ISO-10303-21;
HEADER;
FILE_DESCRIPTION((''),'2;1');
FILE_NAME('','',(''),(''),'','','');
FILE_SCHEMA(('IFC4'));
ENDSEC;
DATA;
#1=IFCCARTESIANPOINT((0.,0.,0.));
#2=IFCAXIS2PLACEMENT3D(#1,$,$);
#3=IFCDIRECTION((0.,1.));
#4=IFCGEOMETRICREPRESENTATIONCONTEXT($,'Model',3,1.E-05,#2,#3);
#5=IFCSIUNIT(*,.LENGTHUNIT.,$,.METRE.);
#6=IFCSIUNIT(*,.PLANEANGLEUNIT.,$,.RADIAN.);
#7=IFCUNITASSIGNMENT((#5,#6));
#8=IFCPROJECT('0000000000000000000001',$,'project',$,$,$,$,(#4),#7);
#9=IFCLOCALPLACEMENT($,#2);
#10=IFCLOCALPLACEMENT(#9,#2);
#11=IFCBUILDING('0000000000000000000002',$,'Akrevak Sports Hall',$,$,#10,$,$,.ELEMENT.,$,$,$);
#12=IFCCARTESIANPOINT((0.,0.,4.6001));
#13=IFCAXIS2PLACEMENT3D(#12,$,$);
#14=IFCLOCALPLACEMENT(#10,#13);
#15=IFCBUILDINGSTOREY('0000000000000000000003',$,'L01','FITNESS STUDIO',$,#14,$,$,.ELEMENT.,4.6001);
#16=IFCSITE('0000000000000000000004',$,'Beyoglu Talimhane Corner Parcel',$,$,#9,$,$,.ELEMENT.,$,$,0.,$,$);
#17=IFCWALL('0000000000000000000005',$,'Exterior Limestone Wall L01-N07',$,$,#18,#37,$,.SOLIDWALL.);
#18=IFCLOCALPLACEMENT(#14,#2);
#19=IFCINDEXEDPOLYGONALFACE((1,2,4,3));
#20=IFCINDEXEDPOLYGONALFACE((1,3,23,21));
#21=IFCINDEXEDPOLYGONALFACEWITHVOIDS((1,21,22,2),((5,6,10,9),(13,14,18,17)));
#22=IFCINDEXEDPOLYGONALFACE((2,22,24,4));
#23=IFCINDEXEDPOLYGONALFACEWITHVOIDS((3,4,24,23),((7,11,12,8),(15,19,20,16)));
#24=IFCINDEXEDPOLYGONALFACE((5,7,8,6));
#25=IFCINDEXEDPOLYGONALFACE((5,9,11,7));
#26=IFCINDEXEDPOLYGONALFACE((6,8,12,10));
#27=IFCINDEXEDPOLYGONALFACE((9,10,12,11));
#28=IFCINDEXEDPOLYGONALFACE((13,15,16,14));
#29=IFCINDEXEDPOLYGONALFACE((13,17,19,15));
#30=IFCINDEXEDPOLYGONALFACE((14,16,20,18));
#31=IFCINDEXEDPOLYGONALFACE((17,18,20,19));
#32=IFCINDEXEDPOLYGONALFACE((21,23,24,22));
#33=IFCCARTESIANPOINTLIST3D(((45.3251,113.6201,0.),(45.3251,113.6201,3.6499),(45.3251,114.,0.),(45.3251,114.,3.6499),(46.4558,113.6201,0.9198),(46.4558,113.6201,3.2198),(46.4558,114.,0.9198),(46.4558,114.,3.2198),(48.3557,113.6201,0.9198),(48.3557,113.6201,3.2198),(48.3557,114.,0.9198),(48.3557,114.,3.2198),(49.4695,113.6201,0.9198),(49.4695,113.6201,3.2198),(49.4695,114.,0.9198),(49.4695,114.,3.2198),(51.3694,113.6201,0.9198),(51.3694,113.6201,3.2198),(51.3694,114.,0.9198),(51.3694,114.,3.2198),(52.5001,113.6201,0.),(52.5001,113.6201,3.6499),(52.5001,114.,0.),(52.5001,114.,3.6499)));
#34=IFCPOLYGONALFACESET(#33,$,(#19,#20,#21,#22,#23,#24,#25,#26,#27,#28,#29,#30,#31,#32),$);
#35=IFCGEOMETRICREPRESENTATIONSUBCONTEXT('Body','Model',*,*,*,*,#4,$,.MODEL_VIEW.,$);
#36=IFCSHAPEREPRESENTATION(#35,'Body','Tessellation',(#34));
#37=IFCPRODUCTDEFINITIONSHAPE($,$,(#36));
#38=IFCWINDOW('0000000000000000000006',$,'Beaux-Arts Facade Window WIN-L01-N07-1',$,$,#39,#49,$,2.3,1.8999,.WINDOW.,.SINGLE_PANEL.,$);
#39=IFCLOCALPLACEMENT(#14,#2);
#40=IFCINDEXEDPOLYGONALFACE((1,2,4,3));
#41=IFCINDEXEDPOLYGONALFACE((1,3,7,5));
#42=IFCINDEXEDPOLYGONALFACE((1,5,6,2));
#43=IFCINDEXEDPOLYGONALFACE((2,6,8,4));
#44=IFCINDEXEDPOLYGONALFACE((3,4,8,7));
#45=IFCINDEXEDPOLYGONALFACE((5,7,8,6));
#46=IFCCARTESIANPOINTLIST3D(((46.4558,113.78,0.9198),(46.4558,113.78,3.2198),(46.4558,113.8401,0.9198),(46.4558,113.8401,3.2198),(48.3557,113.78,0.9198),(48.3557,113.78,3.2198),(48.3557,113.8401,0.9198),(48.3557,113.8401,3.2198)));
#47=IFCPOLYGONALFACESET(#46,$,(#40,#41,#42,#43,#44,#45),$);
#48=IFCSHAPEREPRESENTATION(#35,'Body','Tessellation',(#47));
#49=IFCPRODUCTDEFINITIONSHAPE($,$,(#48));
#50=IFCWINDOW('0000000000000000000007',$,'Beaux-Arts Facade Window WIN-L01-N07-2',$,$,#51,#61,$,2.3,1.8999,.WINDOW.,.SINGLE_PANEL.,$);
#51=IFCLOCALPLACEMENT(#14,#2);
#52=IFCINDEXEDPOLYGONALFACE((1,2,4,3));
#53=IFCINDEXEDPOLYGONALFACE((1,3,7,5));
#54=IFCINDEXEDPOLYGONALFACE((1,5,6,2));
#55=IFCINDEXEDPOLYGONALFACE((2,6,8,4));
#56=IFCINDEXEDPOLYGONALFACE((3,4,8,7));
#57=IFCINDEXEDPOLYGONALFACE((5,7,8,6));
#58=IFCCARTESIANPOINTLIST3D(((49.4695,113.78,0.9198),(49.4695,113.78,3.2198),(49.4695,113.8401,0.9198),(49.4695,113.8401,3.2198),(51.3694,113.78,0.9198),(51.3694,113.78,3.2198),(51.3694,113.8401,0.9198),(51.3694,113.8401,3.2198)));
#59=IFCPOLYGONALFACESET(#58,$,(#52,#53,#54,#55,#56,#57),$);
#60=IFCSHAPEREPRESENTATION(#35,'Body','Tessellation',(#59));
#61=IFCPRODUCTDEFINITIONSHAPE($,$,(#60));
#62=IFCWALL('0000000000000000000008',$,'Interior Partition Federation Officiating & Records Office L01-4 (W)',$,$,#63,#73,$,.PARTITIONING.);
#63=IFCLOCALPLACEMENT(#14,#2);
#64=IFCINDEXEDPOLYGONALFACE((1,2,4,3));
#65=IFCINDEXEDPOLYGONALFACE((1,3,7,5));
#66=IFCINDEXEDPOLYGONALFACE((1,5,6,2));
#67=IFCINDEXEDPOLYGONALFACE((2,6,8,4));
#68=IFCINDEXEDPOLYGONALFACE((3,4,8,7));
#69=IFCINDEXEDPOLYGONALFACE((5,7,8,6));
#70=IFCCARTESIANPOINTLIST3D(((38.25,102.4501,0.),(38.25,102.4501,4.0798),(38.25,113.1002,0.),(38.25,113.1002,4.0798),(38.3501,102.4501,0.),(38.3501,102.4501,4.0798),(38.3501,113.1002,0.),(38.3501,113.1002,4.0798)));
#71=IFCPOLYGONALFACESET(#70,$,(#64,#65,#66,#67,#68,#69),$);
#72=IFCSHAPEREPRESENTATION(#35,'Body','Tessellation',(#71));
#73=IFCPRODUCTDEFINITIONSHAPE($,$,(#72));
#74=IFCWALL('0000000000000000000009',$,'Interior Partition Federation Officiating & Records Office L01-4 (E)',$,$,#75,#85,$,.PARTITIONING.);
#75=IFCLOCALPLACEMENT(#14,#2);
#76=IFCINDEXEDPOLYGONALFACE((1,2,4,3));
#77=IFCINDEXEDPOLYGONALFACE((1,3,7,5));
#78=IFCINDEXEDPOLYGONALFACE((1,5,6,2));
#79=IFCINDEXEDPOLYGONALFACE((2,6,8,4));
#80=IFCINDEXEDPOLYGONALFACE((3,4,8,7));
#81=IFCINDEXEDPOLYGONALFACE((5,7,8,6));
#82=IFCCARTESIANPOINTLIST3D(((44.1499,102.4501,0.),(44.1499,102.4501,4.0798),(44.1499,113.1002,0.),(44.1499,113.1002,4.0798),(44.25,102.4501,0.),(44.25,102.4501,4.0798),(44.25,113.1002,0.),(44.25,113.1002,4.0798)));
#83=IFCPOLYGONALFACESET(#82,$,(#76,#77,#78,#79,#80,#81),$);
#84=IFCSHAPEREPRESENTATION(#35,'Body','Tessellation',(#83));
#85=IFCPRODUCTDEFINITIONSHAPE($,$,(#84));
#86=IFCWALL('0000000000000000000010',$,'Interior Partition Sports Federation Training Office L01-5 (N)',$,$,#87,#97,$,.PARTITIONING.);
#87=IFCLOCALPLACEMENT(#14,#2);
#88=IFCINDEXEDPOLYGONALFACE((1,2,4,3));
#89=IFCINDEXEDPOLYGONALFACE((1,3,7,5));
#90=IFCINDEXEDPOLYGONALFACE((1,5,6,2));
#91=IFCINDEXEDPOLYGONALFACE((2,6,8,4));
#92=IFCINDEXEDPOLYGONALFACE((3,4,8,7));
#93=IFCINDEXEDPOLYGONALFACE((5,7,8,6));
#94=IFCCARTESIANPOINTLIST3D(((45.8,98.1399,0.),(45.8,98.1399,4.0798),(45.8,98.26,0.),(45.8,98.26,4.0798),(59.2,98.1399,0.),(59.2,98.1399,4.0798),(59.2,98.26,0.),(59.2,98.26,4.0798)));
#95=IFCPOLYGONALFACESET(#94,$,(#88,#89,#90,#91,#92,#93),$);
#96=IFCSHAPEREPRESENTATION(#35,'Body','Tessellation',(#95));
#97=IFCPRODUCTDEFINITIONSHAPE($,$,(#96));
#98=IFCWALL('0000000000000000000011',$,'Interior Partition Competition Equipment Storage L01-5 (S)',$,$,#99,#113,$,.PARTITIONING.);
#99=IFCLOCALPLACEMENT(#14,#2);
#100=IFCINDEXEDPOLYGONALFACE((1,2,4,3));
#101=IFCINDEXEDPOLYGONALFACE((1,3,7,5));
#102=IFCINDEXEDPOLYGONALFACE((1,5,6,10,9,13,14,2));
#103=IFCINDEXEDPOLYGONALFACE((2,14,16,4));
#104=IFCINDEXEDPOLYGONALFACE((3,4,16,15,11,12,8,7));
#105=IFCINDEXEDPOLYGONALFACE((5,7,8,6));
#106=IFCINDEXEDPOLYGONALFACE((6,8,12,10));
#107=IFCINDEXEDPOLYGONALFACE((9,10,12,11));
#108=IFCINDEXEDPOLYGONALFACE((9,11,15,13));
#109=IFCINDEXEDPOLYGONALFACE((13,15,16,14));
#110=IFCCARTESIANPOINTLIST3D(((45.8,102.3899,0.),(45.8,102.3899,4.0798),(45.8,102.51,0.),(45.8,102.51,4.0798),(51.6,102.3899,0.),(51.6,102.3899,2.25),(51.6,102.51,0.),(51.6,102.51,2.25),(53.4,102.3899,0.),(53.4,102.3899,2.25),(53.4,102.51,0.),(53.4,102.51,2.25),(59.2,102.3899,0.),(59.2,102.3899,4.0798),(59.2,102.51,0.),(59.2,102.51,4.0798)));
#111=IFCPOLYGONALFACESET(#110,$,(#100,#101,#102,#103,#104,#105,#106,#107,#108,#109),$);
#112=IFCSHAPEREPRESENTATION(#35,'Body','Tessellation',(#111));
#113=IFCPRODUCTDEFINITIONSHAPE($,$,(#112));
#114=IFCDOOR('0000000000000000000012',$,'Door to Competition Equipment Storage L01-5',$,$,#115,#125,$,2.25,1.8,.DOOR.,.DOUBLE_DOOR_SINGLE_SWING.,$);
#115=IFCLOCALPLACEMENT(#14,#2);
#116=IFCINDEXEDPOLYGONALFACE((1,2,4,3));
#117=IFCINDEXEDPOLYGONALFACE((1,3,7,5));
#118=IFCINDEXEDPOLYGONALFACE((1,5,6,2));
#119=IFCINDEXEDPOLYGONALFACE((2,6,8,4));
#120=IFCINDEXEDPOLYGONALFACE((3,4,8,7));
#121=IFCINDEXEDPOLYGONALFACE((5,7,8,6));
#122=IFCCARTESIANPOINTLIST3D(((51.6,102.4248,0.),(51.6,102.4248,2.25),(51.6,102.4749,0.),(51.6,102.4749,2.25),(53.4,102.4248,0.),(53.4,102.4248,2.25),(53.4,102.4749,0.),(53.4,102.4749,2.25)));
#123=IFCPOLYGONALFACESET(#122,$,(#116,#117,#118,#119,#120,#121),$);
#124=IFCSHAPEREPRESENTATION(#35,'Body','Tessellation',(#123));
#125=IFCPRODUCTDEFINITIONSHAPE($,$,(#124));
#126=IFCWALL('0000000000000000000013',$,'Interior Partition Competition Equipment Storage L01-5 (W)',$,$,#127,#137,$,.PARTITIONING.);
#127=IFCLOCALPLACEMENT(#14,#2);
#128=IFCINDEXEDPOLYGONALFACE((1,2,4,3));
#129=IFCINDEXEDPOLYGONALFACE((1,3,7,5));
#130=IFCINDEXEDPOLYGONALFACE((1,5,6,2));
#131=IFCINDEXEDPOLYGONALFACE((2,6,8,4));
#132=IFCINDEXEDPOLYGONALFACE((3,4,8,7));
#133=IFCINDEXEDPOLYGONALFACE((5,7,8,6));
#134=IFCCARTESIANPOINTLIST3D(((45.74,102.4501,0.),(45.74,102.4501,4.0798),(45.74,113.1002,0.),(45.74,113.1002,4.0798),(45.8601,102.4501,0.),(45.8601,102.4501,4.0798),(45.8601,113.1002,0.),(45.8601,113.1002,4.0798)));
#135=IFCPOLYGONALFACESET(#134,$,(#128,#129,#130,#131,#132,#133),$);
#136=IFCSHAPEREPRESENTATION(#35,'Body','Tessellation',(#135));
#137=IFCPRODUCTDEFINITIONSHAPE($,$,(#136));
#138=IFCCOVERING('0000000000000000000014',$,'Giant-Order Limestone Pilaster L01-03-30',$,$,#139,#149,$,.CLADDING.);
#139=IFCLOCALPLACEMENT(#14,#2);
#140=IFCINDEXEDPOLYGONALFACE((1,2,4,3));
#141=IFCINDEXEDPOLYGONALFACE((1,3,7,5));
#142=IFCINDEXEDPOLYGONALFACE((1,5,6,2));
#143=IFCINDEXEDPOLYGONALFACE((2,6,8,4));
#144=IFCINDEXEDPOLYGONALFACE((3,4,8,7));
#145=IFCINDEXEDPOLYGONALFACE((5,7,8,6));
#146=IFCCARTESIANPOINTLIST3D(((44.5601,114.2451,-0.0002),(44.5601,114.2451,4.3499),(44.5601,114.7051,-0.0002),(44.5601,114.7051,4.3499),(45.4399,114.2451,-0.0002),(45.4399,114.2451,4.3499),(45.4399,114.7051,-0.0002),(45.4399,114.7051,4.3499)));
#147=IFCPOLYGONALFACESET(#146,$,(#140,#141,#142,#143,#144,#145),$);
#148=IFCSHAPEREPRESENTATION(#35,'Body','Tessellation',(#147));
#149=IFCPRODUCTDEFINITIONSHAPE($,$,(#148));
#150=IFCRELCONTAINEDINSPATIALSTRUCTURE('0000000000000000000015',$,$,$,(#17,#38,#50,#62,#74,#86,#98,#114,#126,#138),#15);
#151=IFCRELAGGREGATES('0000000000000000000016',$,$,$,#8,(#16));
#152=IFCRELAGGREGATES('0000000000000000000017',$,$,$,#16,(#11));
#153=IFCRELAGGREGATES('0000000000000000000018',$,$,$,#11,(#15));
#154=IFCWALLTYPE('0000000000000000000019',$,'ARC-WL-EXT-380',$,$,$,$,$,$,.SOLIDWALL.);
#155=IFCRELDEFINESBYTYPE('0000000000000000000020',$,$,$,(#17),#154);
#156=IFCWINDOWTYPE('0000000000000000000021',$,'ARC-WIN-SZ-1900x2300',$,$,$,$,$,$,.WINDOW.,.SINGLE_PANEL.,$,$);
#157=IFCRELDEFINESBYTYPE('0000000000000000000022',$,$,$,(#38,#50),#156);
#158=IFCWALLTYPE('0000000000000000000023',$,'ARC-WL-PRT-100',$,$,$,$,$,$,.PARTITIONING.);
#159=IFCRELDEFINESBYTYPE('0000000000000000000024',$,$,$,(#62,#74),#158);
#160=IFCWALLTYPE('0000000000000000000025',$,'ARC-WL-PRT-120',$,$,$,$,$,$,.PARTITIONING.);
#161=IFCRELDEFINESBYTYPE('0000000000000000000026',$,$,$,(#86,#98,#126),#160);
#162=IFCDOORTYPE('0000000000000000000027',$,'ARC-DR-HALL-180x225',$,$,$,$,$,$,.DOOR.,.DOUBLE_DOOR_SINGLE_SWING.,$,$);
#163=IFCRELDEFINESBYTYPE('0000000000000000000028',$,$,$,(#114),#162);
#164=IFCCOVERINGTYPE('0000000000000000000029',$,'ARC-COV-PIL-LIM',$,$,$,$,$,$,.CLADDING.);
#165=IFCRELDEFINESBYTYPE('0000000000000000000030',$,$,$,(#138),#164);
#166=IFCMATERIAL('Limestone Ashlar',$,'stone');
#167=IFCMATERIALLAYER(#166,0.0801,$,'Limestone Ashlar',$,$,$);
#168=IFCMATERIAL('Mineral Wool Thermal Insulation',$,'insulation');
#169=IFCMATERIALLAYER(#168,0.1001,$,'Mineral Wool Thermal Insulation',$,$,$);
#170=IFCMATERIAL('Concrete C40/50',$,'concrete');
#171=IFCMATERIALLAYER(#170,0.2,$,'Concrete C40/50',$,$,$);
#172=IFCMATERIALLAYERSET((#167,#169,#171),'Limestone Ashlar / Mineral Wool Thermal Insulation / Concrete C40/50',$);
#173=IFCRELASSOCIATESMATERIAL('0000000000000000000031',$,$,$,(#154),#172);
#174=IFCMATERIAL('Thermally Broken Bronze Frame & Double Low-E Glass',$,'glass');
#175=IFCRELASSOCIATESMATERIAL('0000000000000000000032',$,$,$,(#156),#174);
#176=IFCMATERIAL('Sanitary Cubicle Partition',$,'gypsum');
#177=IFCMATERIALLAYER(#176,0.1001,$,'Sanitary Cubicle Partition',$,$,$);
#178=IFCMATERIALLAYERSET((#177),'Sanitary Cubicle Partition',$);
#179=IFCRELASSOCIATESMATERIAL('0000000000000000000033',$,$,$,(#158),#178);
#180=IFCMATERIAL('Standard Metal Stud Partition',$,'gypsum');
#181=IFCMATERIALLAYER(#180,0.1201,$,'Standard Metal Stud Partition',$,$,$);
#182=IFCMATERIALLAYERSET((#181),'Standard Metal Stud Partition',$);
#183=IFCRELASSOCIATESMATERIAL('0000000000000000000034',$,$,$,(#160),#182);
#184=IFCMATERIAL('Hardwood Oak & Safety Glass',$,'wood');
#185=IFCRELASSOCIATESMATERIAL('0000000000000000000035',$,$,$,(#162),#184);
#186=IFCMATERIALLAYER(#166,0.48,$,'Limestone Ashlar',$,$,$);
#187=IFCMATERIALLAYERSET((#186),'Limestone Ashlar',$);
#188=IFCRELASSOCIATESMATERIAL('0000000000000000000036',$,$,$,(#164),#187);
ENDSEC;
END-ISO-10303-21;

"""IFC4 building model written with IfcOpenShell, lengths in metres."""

from ifc_helpers import new_model, si_unit, direction, frame, frame_2d, origin, origin_2d, place, context, subcontext, project, spatial, rectangle, extrude, material, layer, layer_set, type_object, element, fill, save


model = new_model("IFC4")

# Units and contexts
model_context = context("Model", 3, precision=1e-05, world=origin(), true_north=direction((0.0, 1.0)))
body_context = subcontext(model_context, "Body", "Model", "MODEL_VIEW")
ifc_project = project(units=[si_unit("LENGTHUNIT", "METRE"), si_unit("PLANEANGLEUNIT", "RADIAN")], contexts=[model_context])

# Site, building, storey
site_placement = place(None, origin())
site = spatial("IfcSite", under=ifc_project, at=site_placement, Name="Beyoglu Talimhane Corner Parcel", CompositionType="ELEMENT", RefElevation=0.0)
building_placement = place(site_placement, origin())
building = spatial("IfcBuilding", under=site, at=building_placement, Name="Akrevak Sports Hall", CompositionType="ELEMENT")
storey_placement = place(building_placement, frame((0.0, 0.0, 4.6001)))
storey = spatial("IfcBuildingStorey", under=building, at=storey_placement, Name="L01", Description="FITNESS STUDIO", CompositionType="ELEMENT", Elevation=4.6001)

# Shared definitions
ifc_material_1 = material(Name="Concrete C40/50", Category="concrete")

# Wall, openings, windows
ifc_material_2 = material(Name="Limestone Ashlar", Category="stone")
ifc_layer_1 = layer(ifc_material_2, 0.0801, Name="Limestone Ashlar")
ifc_material_3 = material(Name="Mineral Wool Thermal Insulation", Category="insulation")
ifc_layer_2 = layer(ifc_material_3, 0.1001, Name="Mineral Wool Thermal Insulation")
ifc_layer_3 = layer(ifc_material_1, 0.2, Name="Concrete C40/50")
ifc_layer_set_1 = layer_set([ifc_layer_1, ifc_layer_2, ifc_layer_3], Name="Limestone Ashlar / Mineral Wool Thermal Insulation / Concrete C40/50")
wall_type_1 = type_object("IfcWallType", Name="ARC-WL-EXT-380", PredefinedType="SOLIDWALL", material=ifc_layer_set_1)
wall_1_placement = place(storey_placement, frame((52.5, 113.8101, 0.0), z_axis=(0.0, 0.0, 1.0), x_axis=(-1.0, 0.0, 0.0)))
wall_1 = element("IfcWall", 1, at=wall_1_placement, inside=storey, type_object=wall_type_1, Name="Exterior Limestone Wall L01-N07", PredefinedType="SOLIDWALL", context=body_context, shape_type="SweptSolid", body=[
    extrude(rectangle(XDim=7.175, YDim=0.3799, at=frame_2d((3.5874, 0.0))), origin(), (0.0, 0.0, 1.0), 3.6499),
])
opening_1_placement = place(wall_1_placement, frame((4.1443, 0.0, 0.9199)))
opening_1 = element("IfcOpeningElement", 2, at=opening_1_placement, cuts=wall_1, PredefinedType="OPENING", context=body_context, shape_type="SweptSolid", body=[
    extrude(rectangle(XDim=1.8999, YDim=2.3, at=frame_2d((0.95, 1.1499))), frame((0.0, 0.2019, 0.0), z_axis=(0.0, -1.0, 0.0), x_axis=(1.0, 0.0, 0.0)), (0.0, 0.0, 1.0), 0.4038),
])
opening_2_placement = place(wall_1_placement, frame((1.1306, 0.0, 0.9199)))
opening_2 = element("IfcOpeningElement", 3, at=opening_2_placement, cuts=wall_1, PredefinedType="OPENING", context=body_context, shape_type="SweptSolid", body=[
    extrude(rectangle(XDim=1.8999, YDim=2.3, at=frame_2d((0.95, 1.1499))), frame((0.0, 0.2019, 0.0), z_axis=(0.0, -1.0, 0.0), x_axis=(1.0, 0.0, 0.0)), (0.0, 0.0, 1.0), 0.4038),
])
ifc_material_4 = material(Name="Thermally Broken Bronze Frame & Double Low-E Glass", Category="glass")
window_type = type_object("IfcWindowType", Name="ARC-WIN-SZ-1900x2300", PartitioningType="SINGLE_PANEL", PredefinedType="WINDOW", material=ifc_material_4)
window_1_placement = place(opening_1_placement, origin())
window_1 = element("IfcWindow", 4, at=window_1_placement, inside=storey, type_object=window_type, Name="Beaux-Arts Facade Window WIN-L01-N07-1", OverallHeight=2.3, OverallWidth=1.8999, PartitioningType="SINGLE_PANEL", PredefinedType="WINDOW", context=body_context, shape_type="SweptSolid", body=[
    extrude(rectangle(XDim=1.8999, YDim=2.3, at=frame_2d((0.95, 1.1499))), frame((0.0, 0.03, 0.0), z_axis=(0.0, -1.0, 0.0), x_axis=(1.0, 0.0, 0.0)), (0.0, 0.0, 1.0), 0.0601),
])
fill(opening_1, window_1)
window_2_placement = place(opening_2_placement, origin())
window_2 = element("IfcWindow", 5, at=window_2_placement, inside=storey, type_object=window_type, Name="Beaux-Arts Facade Window WIN-L01-N07-2", OverallHeight=2.3, OverallWidth=1.8999, PartitioningType="SINGLE_PANEL", PredefinedType="WINDOW", context=body_context, shape_type="SweptSolid", body=[
    extrude(rectangle(XDim=1.8999, YDim=2.3, at=frame_2d((0.95, 1.1499))), frame((0.0, 0.03, 0.0), z_axis=(0.0, -1.0, 0.0), x_axis=(1.0, 0.0, 0.0)), (0.0, 0.0, 1.0), 0.0601),
])
fill(opening_2, window_2)

# Walls
ifc_material_5 = material(Name="Sanitary Cubicle Partition", Category="gypsum")
ifc_layer_4 = layer(ifc_material_5, 0.1001, Name="Sanitary Cubicle Partition")
ifc_layer_set_2 = layer_set([ifc_layer_4], Name="Sanitary Cubicle Partition")
wall_type_2 = type_object("IfcWallType", Name="ARC-WL-PRT-100", PredefinedType="PARTITIONING", material=ifc_layer_set_2)
for number, where, z_axis, x_axis, name in (
    (6, (38.3, 102.45, 0.0), (0.0, 0.0, 1.0), (0.0, 1.0, 0.0), "Interior Partition Federation Officiating & Records Office L01-4 (W)"),
    (7, (44.2, 102.45, 0.0), (0.0, 0.0, 1.0), (0.0, 1.0, 0.0), "Interior Partition Federation Officiating & Records Office L01-4 (E)"),
):
    element("IfcWall", number, at=place(storey_placement, frame(where, z_axis=z_axis, x_axis=x_axis)), inside=storey, type_object=wall_type_2, Name=name, PredefinedType="PARTITIONING", context=body_context, shape_type="SweptSolid", body=[
        extrude(rectangle(XDim=10.6501, YDim=0.1001, at=frame_2d((5.3252, 0.0))), origin(), (0.0, 0.0, 1.0), 4.0798),
    ])
ifc_material_6 = material(Name="Standard Metal Stud Partition", Category="gypsum")
ifc_layer_5 = layer(ifc_material_6, 0.1201, Name="Standard Metal Stud Partition")
ifc_layer_set_3 = layer_set([ifc_layer_5], Name="Standard Metal Stud Partition")
wall_type_3 = type_object("IfcWallType", Name="ARC-WL-PRT-120", PredefinedType="PARTITIONING", material=ifc_layer_set_3)
wall_2_placement = place(storey_placement, frame((45.8, 98.2, 0.0), z_axis=(0.0, 0.0, 1.0), x_axis=(1.0, 0.0, 0.0)))
element("IfcWall", 8, at=wall_2_placement, inside=storey, type_object=wall_type_3, Name="Interior Partition Sports Federation Training Office L01-5 (N)", PredefinedType="PARTITIONING", context=body_context, shape_type="SweptSolid", body=[
    extrude(rectangle(XDim=13.3999, YDim=0.1201, at=frame_2d((6.7, 0.0))), origin(), (0.0, 0.0, 1.0), 4.0798),
])

# Wall, opening, door
wall_3_placement = place(storey_placement, frame((45.8, 102.45, 0.0), z_axis=(0.0, 0.0, 1.0), x_axis=(1.0, 0.0, 0.0)))
wall_3 = element("IfcWall", 9, at=wall_3_placement, inside=storey, type_object=wall_type_3, Name="Interior Partition Competition Equipment Storage L01-5 (S)", PredefinedType="PARTITIONING", context=body_context, shape_type="SweptSolid", body=[
    extrude(rectangle(XDim=13.3999, YDim=0.1201, at=frame_2d((6.7, 0.0))), origin(), (0.0, 0.0, 1.0), 4.0798),
])
opening_3_placement = place(wall_3_placement, frame((5.8, 0.0, 0.0)))
opening_3 = element("IfcOpeningElement", 10, at=opening_3_placement, cuts=wall_3, PredefinedType="OPENING", context=body_context, shape_type="SweptSolid", body=[
    extrude(rectangle(XDim=1.8, YDim=2.25, at=frame_2d((0.8999, 1.125))), frame((0.0, 0.072, 0.0), z_axis=(0.0, -1.0, 0.0), x_axis=(1.0, 0.0, 0.0)), (0.0, 0.0, 1.0), 0.144),
])
ifc_material_7 = material(Name="Hardwood Oak & Safety Glass", Category="wood")
door_type = type_object("IfcDoorType", Name="ARC-DR-HALL-180x225", OperationType="DOUBLE_DOOR_SINGLE_SWING", PredefinedType="DOOR", material=ifc_material_7)
door_placement = place(opening_3_placement, origin())
door = element("IfcDoor", 11, at=door_placement, inside=storey, type_object=door_type, Name="Door to Competition Equipment Storage L01-5", OperationType="DOUBLE_DOOR_SINGLE_SWING", OverallHeight=2.25, OverallWidth=1.8, PredefinedType="DOOR", context=body_context, shape_type="SweptSolid", body=[
    extrude(rectangle(XDim=1.8, YDim=2.25, at=frame_2d((0.8999, 1.125))), frame((0.0, 0.0249, 0.0), z_axis=(0.0, -1.0, 0.0), x_axis=(1.0, 0.0, 0.0)), (0.0, 0.0, 1.0), 0.05),
])
fill(opening_3, door)

# Wall
wall_4_placement = place(storey_placement, frame((45.8, 102.45, 0.0), z_axis=(0.0, 0.0, 1.0), x_axis=(0.0, 1.0, 0.0)))
element("IfcWall", 12, at=wall_4_placement, inside=storey, type_object=wall_type_3, Name="Interior Partition Competition Equipment Storage L01-5 (W)", PredefinedType="PARTITIONING", context=body_context, shape_type="SweptSolid", body=[
    extrude(rectangle(XDim=10.6501, YDim=0.1201, at=frame_2d((5.3252, 0.0))), origin(), (0.0, 0.0, 1.0), 4.0798),
])

# Covering
ifc_layer_6 = layer(ifc_material_2, 0.48, Name="Limestone Ashlar")
ifc_layer_set_4 = layer_set([ifc_layer_6], Name="Limestone Ashlar")
covering_type = type_object("IfcCoveringType", Name="ARC-COV-PIL-LIM", PredefinedType="CLADDING", material=ifc_layer_set_4)
covering_placement = place(storey_placement, frame((45.0, 114.4751, -0.0002), z_axis=(0.0, 0.0, 1.0), x_axis=(-1.0, 0.0, 0.0)))
element("IfcCovering", 13, at=covering_placement, inside=storey, type_object=covering_type, Name="Giant-Order Limestone Pilaster L01-03-30", PredefinedType="CLADDING", context=body_context, shape_type="SweptSolid", body=[
    extrude(rectangle(XDim=0.8799, YDim=0.46, at=origin_2d()), origin(), (0.0, 0.0, 1.0), 4.3501),
])

save(model, "model.ifc")
